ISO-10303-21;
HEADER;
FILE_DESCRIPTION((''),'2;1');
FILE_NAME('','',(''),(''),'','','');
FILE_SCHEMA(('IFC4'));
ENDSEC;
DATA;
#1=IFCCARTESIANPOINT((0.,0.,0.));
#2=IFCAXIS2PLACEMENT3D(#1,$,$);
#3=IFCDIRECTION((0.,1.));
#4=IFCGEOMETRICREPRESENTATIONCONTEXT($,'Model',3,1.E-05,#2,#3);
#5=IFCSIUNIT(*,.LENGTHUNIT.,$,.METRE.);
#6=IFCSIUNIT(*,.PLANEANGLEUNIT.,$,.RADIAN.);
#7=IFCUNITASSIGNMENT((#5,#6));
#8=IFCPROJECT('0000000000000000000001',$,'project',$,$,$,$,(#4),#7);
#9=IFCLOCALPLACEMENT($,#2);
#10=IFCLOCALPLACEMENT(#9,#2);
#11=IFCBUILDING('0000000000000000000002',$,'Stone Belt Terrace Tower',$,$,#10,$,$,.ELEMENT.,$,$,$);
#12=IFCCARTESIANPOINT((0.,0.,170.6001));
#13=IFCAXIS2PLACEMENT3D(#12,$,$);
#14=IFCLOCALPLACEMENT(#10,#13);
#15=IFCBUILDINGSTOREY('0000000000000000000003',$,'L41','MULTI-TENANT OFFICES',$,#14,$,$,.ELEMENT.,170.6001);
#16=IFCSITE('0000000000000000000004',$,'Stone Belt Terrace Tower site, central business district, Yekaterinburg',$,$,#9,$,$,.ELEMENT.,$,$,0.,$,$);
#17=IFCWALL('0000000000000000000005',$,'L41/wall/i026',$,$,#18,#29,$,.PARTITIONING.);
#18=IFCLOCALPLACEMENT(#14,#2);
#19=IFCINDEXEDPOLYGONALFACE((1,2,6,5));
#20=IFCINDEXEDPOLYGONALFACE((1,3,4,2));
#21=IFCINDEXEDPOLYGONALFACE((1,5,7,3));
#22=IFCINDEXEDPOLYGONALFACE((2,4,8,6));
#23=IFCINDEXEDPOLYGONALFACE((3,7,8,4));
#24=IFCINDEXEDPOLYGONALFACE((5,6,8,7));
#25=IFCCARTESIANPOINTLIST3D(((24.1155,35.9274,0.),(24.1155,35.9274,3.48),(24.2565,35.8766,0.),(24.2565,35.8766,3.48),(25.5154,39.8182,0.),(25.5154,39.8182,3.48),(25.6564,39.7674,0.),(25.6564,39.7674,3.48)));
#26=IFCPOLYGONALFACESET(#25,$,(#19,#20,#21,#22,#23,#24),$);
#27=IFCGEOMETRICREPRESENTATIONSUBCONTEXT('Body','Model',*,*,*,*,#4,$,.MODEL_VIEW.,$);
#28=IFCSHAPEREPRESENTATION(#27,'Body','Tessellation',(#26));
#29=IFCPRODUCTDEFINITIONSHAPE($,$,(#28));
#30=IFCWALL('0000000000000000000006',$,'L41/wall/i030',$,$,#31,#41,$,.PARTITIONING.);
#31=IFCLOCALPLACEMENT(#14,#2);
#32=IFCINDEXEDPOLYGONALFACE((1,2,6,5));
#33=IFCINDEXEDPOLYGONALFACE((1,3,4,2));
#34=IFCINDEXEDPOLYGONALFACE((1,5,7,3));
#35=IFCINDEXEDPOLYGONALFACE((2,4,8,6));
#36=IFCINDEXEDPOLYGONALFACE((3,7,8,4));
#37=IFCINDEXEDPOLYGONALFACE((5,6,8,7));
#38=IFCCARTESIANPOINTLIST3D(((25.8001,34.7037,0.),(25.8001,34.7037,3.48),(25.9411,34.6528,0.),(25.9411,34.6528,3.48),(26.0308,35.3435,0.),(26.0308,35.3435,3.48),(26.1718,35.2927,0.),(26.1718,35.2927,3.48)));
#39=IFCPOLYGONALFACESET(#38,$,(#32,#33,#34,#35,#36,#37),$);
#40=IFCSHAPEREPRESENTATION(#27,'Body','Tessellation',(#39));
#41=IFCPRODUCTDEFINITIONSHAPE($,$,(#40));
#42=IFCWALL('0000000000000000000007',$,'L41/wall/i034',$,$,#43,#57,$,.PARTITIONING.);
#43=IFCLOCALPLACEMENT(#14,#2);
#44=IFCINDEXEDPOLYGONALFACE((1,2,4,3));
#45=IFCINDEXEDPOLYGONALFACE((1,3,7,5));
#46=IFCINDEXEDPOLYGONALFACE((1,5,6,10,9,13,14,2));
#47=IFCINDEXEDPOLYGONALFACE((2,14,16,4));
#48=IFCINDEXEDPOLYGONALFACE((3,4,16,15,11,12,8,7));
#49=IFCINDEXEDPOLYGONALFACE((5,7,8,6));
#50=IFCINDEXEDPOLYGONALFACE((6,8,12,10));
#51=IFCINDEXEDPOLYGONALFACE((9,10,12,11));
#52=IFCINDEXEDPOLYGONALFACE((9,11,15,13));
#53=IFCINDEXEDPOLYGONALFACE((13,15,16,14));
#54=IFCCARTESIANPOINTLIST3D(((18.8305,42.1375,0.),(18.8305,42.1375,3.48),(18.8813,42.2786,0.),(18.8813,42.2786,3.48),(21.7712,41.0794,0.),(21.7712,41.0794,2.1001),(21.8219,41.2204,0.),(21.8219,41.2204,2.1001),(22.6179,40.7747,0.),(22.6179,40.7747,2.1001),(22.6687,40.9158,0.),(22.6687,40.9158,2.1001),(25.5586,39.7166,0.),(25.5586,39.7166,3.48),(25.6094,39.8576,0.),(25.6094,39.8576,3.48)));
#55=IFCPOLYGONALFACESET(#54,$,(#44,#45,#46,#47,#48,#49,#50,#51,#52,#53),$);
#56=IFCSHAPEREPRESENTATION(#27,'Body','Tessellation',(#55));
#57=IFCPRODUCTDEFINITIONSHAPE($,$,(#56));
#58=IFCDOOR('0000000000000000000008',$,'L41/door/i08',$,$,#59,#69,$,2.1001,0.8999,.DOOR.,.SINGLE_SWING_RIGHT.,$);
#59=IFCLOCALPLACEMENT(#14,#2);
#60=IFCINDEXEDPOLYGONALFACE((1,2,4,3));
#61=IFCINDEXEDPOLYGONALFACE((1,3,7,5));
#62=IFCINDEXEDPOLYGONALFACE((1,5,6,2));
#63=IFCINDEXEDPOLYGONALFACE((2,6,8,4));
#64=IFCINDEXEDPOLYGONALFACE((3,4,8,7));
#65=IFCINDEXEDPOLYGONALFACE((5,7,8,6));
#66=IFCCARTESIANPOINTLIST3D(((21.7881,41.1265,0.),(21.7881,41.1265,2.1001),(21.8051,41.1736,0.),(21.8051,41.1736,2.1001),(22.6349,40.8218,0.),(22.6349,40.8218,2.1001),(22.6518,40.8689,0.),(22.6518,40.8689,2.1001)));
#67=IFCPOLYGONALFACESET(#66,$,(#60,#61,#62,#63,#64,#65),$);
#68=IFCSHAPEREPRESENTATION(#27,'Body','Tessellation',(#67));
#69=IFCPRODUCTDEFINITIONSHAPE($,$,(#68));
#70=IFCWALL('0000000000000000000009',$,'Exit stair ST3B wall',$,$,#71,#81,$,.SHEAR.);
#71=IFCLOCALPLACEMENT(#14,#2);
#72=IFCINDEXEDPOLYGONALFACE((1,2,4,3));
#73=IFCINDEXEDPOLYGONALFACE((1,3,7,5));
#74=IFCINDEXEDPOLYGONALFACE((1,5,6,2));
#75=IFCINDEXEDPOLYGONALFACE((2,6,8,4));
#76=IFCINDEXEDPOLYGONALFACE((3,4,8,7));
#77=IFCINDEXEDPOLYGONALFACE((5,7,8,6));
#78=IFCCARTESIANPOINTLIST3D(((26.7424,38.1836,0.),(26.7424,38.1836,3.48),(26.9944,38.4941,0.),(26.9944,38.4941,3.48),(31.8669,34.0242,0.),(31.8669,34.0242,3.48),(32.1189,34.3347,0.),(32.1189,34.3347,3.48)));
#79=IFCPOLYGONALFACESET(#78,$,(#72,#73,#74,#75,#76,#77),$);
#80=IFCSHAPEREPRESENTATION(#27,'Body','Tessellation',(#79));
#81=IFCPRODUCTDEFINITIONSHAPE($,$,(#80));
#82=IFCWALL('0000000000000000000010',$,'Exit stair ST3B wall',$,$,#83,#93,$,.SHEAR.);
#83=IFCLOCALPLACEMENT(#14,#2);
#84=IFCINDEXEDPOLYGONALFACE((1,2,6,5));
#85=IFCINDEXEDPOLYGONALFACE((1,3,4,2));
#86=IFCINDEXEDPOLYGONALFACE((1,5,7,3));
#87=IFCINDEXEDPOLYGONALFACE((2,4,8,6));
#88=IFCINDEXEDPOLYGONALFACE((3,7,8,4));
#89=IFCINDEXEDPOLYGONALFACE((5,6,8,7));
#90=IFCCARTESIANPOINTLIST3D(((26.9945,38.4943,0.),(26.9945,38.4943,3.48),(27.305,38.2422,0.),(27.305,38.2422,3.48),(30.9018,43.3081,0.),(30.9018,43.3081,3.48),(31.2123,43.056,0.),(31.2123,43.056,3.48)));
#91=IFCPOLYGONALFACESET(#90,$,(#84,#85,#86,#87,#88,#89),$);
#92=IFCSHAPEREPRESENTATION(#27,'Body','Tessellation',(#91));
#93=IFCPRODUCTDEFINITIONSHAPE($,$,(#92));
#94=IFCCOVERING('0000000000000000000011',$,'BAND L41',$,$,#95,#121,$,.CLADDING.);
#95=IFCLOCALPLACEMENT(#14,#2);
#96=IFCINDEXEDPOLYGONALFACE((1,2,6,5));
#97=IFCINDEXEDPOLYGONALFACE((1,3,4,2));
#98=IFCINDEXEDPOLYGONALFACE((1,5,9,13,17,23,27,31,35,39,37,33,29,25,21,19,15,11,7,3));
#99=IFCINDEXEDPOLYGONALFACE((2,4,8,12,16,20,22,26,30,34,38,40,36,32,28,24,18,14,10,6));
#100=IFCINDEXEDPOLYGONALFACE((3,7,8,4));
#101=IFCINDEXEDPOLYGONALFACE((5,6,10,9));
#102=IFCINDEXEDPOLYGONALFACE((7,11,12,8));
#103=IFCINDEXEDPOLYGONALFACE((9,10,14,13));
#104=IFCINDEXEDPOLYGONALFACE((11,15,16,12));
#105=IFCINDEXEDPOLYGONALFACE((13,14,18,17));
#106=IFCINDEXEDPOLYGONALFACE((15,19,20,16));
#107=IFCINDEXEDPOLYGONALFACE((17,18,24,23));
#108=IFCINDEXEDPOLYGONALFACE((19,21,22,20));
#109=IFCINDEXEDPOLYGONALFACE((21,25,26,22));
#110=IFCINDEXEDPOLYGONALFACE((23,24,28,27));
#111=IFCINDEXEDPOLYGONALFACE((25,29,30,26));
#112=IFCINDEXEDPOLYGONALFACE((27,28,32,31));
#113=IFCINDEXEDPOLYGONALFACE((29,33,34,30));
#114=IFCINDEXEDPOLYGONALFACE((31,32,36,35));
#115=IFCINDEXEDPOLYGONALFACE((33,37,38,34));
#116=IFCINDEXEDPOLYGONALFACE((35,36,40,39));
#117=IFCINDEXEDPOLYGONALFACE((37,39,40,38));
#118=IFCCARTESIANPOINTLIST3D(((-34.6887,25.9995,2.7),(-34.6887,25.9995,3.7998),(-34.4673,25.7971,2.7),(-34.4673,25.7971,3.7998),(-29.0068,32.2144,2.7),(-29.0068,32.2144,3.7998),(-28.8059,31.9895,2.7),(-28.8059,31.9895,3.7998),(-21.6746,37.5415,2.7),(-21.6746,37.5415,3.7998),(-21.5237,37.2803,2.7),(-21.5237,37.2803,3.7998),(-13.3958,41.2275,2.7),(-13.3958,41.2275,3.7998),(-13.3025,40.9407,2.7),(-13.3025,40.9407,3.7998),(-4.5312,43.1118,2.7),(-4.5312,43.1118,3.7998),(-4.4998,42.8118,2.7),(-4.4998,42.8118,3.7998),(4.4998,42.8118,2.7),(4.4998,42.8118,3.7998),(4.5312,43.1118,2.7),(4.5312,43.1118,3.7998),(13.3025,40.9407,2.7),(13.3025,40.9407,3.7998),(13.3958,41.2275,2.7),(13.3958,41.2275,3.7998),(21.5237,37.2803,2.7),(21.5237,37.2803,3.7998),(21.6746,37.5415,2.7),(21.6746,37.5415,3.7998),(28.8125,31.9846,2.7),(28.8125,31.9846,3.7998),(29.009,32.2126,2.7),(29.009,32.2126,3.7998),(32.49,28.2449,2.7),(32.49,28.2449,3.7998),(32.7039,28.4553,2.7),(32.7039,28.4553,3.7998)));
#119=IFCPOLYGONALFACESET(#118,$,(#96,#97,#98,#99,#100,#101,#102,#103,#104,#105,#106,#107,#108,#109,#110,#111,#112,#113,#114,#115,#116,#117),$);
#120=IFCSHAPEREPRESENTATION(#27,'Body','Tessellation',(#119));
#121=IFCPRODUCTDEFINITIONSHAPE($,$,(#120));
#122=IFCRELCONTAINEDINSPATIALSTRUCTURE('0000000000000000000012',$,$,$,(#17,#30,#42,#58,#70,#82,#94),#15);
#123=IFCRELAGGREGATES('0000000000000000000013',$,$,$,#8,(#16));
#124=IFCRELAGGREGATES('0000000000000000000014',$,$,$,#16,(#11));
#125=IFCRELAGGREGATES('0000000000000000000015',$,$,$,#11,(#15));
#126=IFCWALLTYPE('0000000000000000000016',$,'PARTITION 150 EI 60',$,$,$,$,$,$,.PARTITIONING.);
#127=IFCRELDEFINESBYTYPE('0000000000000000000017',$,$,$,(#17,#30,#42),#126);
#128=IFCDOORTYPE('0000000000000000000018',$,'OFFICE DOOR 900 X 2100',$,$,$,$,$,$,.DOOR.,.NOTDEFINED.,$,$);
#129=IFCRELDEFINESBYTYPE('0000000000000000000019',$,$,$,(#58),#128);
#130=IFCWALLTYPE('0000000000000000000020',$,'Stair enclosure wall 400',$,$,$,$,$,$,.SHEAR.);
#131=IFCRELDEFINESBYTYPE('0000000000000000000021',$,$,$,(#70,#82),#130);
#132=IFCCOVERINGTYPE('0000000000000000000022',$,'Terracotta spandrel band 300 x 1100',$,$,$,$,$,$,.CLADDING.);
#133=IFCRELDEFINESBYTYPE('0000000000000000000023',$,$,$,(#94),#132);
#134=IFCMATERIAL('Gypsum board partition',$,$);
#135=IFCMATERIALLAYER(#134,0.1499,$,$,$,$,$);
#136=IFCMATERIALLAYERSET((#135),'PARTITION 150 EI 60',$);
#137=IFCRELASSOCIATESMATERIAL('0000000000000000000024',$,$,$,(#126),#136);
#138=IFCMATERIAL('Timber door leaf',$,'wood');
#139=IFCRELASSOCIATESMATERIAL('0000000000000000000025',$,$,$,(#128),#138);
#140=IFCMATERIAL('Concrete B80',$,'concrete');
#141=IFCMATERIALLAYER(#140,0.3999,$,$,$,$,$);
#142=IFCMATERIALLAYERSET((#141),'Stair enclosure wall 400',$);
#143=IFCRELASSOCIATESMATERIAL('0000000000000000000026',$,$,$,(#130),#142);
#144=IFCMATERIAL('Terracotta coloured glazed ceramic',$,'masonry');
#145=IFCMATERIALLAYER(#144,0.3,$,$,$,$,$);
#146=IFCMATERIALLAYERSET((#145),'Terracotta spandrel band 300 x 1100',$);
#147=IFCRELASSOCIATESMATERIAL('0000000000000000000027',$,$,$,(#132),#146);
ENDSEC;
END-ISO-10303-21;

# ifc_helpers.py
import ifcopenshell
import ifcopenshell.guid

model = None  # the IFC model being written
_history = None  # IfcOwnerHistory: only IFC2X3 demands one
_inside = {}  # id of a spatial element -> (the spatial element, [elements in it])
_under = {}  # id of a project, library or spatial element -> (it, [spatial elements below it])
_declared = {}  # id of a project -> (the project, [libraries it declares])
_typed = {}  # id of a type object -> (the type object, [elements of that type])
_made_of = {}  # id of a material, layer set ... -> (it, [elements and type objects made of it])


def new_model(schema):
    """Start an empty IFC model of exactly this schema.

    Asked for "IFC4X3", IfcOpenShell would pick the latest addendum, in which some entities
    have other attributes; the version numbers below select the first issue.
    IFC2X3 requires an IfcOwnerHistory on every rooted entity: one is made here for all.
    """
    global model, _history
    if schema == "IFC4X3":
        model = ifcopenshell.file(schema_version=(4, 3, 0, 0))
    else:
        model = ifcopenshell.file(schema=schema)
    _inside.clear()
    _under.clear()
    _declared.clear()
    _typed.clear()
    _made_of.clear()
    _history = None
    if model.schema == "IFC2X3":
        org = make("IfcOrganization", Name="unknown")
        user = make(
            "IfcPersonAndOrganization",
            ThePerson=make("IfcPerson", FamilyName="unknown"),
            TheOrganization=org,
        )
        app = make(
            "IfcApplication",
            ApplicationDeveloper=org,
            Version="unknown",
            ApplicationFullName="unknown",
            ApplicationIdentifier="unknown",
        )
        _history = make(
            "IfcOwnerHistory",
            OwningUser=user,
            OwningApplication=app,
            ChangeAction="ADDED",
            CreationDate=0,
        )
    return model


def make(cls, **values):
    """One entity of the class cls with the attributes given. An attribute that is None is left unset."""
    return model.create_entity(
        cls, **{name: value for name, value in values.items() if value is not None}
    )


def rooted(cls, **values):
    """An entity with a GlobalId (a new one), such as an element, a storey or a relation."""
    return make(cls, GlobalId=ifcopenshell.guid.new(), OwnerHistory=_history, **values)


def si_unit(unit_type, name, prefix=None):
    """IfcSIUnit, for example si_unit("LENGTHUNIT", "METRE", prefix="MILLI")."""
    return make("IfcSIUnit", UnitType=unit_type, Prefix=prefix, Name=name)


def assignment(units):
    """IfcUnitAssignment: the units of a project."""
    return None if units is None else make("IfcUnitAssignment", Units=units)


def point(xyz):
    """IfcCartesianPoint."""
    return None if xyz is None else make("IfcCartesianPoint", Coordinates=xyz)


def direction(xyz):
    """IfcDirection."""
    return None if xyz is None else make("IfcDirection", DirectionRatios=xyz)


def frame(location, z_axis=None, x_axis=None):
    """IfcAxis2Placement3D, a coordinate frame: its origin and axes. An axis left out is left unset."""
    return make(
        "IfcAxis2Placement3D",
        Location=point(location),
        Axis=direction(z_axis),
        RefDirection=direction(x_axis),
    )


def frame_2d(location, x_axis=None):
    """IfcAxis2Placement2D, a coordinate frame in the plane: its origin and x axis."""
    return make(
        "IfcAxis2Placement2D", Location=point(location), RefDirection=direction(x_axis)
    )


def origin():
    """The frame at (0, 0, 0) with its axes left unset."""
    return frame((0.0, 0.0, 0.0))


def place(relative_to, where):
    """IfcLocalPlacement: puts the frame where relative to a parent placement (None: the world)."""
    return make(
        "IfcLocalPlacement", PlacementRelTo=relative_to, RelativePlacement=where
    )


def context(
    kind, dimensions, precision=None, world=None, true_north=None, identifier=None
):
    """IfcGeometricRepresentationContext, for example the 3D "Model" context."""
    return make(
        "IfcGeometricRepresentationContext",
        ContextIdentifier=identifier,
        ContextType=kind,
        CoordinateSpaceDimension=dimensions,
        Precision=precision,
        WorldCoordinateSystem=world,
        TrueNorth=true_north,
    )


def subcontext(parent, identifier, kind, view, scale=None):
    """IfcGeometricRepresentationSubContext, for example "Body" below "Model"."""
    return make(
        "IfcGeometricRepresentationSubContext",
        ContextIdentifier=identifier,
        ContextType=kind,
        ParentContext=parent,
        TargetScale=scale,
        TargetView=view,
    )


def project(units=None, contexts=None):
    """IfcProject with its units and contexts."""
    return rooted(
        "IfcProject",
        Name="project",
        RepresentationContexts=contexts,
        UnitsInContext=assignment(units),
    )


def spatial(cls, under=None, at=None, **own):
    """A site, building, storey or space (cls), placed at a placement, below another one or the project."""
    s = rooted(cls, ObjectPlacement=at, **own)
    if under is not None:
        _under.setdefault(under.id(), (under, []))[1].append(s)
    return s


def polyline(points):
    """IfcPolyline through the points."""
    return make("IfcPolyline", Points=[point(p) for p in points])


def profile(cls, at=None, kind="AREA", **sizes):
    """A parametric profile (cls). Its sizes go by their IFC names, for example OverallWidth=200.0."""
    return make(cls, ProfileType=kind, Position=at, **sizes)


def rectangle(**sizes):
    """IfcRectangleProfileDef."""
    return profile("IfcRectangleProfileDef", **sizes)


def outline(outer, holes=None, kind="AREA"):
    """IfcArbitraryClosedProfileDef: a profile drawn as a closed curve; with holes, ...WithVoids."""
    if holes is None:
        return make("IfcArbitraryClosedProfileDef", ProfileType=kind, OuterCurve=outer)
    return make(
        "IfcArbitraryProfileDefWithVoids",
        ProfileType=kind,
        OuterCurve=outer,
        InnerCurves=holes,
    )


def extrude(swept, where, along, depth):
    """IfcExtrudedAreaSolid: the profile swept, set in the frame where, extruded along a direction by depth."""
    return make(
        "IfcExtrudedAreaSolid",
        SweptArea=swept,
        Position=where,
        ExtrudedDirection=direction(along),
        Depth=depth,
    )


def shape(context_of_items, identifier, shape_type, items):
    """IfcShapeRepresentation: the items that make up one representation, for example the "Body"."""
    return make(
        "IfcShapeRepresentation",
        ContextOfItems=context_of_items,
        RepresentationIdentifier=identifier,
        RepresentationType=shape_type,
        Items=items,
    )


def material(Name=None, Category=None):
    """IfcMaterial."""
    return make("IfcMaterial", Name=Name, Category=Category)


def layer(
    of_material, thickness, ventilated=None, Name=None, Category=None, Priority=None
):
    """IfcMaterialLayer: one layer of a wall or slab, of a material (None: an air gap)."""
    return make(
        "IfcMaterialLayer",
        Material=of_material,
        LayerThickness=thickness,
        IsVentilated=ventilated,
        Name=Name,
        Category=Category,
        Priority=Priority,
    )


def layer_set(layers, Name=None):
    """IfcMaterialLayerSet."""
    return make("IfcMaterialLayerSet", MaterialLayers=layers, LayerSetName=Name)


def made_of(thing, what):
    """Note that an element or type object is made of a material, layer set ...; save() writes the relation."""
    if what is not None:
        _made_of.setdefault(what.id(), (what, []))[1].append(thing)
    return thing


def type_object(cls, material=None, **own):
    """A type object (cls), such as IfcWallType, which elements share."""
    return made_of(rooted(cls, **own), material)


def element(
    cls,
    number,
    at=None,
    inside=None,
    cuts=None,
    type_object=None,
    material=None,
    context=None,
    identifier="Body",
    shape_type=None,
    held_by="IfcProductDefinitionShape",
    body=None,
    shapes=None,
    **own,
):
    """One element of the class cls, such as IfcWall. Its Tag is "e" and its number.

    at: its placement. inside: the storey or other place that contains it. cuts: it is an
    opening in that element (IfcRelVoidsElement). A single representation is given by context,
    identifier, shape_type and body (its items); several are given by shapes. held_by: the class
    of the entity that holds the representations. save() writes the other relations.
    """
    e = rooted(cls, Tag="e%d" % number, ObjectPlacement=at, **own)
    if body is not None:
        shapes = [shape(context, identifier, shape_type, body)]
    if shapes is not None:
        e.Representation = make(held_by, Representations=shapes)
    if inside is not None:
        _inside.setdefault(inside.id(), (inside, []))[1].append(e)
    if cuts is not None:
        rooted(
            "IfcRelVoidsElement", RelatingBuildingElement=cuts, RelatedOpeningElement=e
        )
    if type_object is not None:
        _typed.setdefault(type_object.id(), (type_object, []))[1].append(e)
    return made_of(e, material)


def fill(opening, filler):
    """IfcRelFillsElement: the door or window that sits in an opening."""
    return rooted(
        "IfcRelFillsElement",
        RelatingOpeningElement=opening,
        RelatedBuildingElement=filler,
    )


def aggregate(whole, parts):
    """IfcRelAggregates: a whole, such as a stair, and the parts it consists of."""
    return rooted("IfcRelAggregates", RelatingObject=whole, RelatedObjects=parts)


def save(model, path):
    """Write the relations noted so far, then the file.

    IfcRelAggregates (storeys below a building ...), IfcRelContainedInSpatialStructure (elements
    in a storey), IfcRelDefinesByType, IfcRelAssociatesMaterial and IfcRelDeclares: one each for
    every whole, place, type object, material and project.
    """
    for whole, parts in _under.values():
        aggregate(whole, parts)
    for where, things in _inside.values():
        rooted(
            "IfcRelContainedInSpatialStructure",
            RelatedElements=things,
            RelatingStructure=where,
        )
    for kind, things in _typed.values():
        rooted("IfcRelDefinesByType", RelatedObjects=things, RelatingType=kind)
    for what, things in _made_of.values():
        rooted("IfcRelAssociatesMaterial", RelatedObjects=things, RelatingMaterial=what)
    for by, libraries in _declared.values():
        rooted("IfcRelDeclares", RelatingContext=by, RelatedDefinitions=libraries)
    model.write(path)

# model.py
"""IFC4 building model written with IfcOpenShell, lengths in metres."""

from ifc_helpers import new_model, si_unit, direction, frame, frame_2d, origin, place, context, subcontext, project, spatial, polyline, rectangle, outline, extrude, material, layer, layer_set, type_object, element, fill, save


model = new_model("IFC4")

# Units and contexts
model_context = context("Model", 3, precision=1e-05, world=origin(), true_north=direction((0.0, 1.0)))
body_context = subcontext(model_context, "Body", "Model", "MODEL_VIEW")
ifc_project = project(units=[si_unit("LENGTHUNIT", "METRE"), si_unit("PLANEANGLEUNIT", "RADIAN")], contexts=[model_context])

# Site, building, storey
site_placement = place(None, origin())
site = spatial("IfcSite", under=ifc_project, at=site_placement, Name="Stone Belt Terrace Tower site, central business district, Yekaterinburg", CompositionType="ELEMENT", RefElevation=0.0)
building_placement = place(site_placement, origin())
building = spatial("IfcBuilding", under=site, at=building_placement, Name="Stone Belt Terrace Tower", CompositionType="ELEMENT")
storey_placement = place(building_placement, frame((0.0, 0.0, 170.6001)))
storey = spatial("IfcBuildingStorey", under=building, at=storey_placement, Name="L41", Description="MULTI-TENANT OFFICES", CompositionType="ELEMENT", Elevation=170.6001)

# Shared definitions
ifc_material_1 = material(Name="Concrete B80", Category="concrete")

# Walls
ifc_material_2 = material(Name="Gypsum board partition")
ifc_layer_1 = layer(ifc_material_2, 0.1499)
ifc_layer_set_1 = layer_set([ifc_layer_1], Name="PARTITION 150 EI 60")
wall_type_1 = type_object("IfcWallType", Name="PARTITION 150 EI 60", PredefinedType="PARTITIONING", material=ifc_layer_set_1)
wall_1_placement = place(storey_placement, frame((24.186, 35.9021, 0.0), z_axis=(0.0, 0.0, 1.0), x_axis=(0.338546, 0.94095, 0.0)))
element("IfcWall", 1, at=wall_1_placement, inside=storey, type_object=wall_type_1, Name="L41/wall/i026", PredefinedType="PARTITIONING", context=body_context, shape_type="SweptSolid", body=[
    extrude(rectangle(XDim=4.135, YDim=0.1499, at=frame_2d((2.0674, 0.0))), origin(), (0.0, 0.0, 1.0), 3.48),
])
wall_2_placement = place(storey_placement, frame((26.1013, 35.3181, 0.0), z_axis=(0.0, 0.0, 1.0), x_axis=(-0.339177, -0.940723, 0.0)))
element("IfcWall", 2, at=wall_2_placement, inside=storey, type_object=wall_type_1, Name="L41/wall/i030", PredefinedType="PARTITIONING", context=body_context, shape_type="SweptSolid", body=[
    extrude(rectangle(XDim=0.6802, YDim=0.1499, at=frame_2d((0.3401, 0.0))), origin(), (0.0, 0.0, 1.0), 3.48),
])

# Wall, opening, door
wall_3_placement = place(storey_placement, frame((25.584, 39.7871, 0.0), z_axis=(0.0, 0.0, 1.0), x_axis=(-0.940941, 0.338572, 0.0)))
wall_3 = element("IfcWall", 3, at=wall_3_placement, inside=storey, type_object=wall_type_1, Name="L41/wall/i034", PredefinedType="PARTITIONING", context=body_context, shape_type="SweptSolid", body=[
    extrude(rectangle(XDim=7.1504, YDim=0.1499, at=frame_2d((3.5752, 0.0))), origin(), (0.0, 0.0, 1.0), 3.48),
])
opening_placement = place(wall_3_placement, frame((3.1252, 0.0, 0.0)))
opening = element("IfcOpeningElement", 4, at=opening_placement, cuts=wall_3, PredefinedType="OPENING", context=body_context, shape_type="SweptSolid", body=[
    extrude(rectangle(XDim=0.8999, YDim=2.1001, at=frame_2d((0.45, 1.05))), frame((0.0, 0.085, 0.0), z_axis=(0.0, -1.0, 0.0), x_axis=(1.0, 0.0, 0.0)), (0.0, 0.0, 1.0), 0.1699),
])
ifc_material_3 = material(Name="Timber door leaf", Category="wood")
door_type = type_object("IfcDoorType", Name="OFFICE DOOR 900 X 2100", OperationType="NOTDEFINED", PredefinedType="DOOR", material=ifc_material_3)
door_placement = place(opening_placement, origin())
door = element("IfcDoor", 5, at=door_placement, inside=storey, type_object=door_type, Name="L41/door/i08", OperationType="SINGLE_SWING_RIGHT", OverallHeight=2.1001, OverallWidth=0.8999, PredefinedType="DOOR", context=body_context, shape_type="SweptSolid", body=[
    extrude(rectangle(XDim=0.8999, YDim=2.1001, at=frame_2d((0.45, 1.05))), frame((0.0, 0.0249, 0.0), z_axis=(0.0, -1.0, 0.0), x_axis=(1.0, 0.0, 0.0)), (0.0, 0.0, 1.0), 0.05),
])
fill(opening, door)

# Walls
ifc_layer_2 = layer(ifc_material_1, 0.3999)
ifc_layer_set_2 = layer_set([ifc_layer_2], Name="Stair enclosure wall 400")
wall_type_2 = type_object("IfcWallType", Name="Stair enclosure wall 400", PredefinedType="SHEAR", material=ifc_layer_set_2)
wall_4_placement = place(storey_placement, frame((26.8684, 38.3389, 0.0), z_axis=(0.0, 0.0, 1.0), x_axis=(0.776428, -0.630205, 0.0)))
element("IfcWall", 6, at=wall_4_placement, inside=storey, type_object=wall_type_2, Name="Exit stair ST3B wall", PredefinedType="SHEAR", context=body_context, shape_type="SweptSolid", body=[
    extrude(rectangle(XDim=6.6001, YDim=0.3999, at=frame_2d((3.3, 0.0))), origin(), (0.0, 0.0, 1.0), 3.48),
])
wall_5_placement = place(storey_placement, frame((27.1497, 38.3682, 0.0), z_axis=(0.0, 0.0, 1.0), x_axis=(0.630212, 0.776423, 0.0)))
element("IfcWall", 7, at=wall_5_placement, inside=storey, type_object=wall_type_2, Name="Exit stair ST3B wall", PredefinedType="SHEAR", context=body_context, shape_type="SweptSolid", body=[
    extrude(rectangle(XDim=6.2, YDim=0.3999, at=frame_2d((3.1001, 0.0))), origin(), (0.0, 0.0, 1.0), 3.48),
])

# Covering
ifc_material_4 = material(Name="Terracotta coloured glazed ceramic", Category="masonry")
ifc_layer_3 = layer(ifc_material_4, 0.3)
ifc_layer_set_3 = layer_set([ifc_layer_3], Name="Terracotta spandrel band 300 x 1100")
covering_type = type_object("IfcCoveringType", Name="Terracotta spandrel band 300 x 1100", PredefinedType="CLADDING", material=ifc_layer_set_3)
covering_placement = place(storey_placement, frame((0.0, 0.0, 2.7)))
element("IfcCovering", 8, at=covering_placement, inside=storey, type_object=covering_type, Name="BAND L41", PredefinedType="CLADDING", context=body_context, shape_type="SweptSolid", body=[
    extrude(outline(polyline([(-34.6887, 25.9995), (-29.0068, 32.2144), (-21.6746, 37.5415), (-13.3958, 41.2275), (-4.5312, 43.1118), (4.5312, 43.1118), (13.3958, 41.2275), (21.6746, 37.5415), (29.009, 32.2126), (32.7039, 28.4553), (32.49, 28.2449), (28.8125, 31.9846), (21.5237, 37.2803), (13.3025, 40.9407), (4.4998, 42.8118), (-4.4998, 42.8118), (-13.3025, 40.9407), (-21.5237, 37.2803), (-28.8059, 31.9895), (-34.4673, 25.7971), (-34.6887, 25.9995)])), origin(), (0.0, 0.0, 1.0), 1.0999),
])

save(model, "model.ifc")
